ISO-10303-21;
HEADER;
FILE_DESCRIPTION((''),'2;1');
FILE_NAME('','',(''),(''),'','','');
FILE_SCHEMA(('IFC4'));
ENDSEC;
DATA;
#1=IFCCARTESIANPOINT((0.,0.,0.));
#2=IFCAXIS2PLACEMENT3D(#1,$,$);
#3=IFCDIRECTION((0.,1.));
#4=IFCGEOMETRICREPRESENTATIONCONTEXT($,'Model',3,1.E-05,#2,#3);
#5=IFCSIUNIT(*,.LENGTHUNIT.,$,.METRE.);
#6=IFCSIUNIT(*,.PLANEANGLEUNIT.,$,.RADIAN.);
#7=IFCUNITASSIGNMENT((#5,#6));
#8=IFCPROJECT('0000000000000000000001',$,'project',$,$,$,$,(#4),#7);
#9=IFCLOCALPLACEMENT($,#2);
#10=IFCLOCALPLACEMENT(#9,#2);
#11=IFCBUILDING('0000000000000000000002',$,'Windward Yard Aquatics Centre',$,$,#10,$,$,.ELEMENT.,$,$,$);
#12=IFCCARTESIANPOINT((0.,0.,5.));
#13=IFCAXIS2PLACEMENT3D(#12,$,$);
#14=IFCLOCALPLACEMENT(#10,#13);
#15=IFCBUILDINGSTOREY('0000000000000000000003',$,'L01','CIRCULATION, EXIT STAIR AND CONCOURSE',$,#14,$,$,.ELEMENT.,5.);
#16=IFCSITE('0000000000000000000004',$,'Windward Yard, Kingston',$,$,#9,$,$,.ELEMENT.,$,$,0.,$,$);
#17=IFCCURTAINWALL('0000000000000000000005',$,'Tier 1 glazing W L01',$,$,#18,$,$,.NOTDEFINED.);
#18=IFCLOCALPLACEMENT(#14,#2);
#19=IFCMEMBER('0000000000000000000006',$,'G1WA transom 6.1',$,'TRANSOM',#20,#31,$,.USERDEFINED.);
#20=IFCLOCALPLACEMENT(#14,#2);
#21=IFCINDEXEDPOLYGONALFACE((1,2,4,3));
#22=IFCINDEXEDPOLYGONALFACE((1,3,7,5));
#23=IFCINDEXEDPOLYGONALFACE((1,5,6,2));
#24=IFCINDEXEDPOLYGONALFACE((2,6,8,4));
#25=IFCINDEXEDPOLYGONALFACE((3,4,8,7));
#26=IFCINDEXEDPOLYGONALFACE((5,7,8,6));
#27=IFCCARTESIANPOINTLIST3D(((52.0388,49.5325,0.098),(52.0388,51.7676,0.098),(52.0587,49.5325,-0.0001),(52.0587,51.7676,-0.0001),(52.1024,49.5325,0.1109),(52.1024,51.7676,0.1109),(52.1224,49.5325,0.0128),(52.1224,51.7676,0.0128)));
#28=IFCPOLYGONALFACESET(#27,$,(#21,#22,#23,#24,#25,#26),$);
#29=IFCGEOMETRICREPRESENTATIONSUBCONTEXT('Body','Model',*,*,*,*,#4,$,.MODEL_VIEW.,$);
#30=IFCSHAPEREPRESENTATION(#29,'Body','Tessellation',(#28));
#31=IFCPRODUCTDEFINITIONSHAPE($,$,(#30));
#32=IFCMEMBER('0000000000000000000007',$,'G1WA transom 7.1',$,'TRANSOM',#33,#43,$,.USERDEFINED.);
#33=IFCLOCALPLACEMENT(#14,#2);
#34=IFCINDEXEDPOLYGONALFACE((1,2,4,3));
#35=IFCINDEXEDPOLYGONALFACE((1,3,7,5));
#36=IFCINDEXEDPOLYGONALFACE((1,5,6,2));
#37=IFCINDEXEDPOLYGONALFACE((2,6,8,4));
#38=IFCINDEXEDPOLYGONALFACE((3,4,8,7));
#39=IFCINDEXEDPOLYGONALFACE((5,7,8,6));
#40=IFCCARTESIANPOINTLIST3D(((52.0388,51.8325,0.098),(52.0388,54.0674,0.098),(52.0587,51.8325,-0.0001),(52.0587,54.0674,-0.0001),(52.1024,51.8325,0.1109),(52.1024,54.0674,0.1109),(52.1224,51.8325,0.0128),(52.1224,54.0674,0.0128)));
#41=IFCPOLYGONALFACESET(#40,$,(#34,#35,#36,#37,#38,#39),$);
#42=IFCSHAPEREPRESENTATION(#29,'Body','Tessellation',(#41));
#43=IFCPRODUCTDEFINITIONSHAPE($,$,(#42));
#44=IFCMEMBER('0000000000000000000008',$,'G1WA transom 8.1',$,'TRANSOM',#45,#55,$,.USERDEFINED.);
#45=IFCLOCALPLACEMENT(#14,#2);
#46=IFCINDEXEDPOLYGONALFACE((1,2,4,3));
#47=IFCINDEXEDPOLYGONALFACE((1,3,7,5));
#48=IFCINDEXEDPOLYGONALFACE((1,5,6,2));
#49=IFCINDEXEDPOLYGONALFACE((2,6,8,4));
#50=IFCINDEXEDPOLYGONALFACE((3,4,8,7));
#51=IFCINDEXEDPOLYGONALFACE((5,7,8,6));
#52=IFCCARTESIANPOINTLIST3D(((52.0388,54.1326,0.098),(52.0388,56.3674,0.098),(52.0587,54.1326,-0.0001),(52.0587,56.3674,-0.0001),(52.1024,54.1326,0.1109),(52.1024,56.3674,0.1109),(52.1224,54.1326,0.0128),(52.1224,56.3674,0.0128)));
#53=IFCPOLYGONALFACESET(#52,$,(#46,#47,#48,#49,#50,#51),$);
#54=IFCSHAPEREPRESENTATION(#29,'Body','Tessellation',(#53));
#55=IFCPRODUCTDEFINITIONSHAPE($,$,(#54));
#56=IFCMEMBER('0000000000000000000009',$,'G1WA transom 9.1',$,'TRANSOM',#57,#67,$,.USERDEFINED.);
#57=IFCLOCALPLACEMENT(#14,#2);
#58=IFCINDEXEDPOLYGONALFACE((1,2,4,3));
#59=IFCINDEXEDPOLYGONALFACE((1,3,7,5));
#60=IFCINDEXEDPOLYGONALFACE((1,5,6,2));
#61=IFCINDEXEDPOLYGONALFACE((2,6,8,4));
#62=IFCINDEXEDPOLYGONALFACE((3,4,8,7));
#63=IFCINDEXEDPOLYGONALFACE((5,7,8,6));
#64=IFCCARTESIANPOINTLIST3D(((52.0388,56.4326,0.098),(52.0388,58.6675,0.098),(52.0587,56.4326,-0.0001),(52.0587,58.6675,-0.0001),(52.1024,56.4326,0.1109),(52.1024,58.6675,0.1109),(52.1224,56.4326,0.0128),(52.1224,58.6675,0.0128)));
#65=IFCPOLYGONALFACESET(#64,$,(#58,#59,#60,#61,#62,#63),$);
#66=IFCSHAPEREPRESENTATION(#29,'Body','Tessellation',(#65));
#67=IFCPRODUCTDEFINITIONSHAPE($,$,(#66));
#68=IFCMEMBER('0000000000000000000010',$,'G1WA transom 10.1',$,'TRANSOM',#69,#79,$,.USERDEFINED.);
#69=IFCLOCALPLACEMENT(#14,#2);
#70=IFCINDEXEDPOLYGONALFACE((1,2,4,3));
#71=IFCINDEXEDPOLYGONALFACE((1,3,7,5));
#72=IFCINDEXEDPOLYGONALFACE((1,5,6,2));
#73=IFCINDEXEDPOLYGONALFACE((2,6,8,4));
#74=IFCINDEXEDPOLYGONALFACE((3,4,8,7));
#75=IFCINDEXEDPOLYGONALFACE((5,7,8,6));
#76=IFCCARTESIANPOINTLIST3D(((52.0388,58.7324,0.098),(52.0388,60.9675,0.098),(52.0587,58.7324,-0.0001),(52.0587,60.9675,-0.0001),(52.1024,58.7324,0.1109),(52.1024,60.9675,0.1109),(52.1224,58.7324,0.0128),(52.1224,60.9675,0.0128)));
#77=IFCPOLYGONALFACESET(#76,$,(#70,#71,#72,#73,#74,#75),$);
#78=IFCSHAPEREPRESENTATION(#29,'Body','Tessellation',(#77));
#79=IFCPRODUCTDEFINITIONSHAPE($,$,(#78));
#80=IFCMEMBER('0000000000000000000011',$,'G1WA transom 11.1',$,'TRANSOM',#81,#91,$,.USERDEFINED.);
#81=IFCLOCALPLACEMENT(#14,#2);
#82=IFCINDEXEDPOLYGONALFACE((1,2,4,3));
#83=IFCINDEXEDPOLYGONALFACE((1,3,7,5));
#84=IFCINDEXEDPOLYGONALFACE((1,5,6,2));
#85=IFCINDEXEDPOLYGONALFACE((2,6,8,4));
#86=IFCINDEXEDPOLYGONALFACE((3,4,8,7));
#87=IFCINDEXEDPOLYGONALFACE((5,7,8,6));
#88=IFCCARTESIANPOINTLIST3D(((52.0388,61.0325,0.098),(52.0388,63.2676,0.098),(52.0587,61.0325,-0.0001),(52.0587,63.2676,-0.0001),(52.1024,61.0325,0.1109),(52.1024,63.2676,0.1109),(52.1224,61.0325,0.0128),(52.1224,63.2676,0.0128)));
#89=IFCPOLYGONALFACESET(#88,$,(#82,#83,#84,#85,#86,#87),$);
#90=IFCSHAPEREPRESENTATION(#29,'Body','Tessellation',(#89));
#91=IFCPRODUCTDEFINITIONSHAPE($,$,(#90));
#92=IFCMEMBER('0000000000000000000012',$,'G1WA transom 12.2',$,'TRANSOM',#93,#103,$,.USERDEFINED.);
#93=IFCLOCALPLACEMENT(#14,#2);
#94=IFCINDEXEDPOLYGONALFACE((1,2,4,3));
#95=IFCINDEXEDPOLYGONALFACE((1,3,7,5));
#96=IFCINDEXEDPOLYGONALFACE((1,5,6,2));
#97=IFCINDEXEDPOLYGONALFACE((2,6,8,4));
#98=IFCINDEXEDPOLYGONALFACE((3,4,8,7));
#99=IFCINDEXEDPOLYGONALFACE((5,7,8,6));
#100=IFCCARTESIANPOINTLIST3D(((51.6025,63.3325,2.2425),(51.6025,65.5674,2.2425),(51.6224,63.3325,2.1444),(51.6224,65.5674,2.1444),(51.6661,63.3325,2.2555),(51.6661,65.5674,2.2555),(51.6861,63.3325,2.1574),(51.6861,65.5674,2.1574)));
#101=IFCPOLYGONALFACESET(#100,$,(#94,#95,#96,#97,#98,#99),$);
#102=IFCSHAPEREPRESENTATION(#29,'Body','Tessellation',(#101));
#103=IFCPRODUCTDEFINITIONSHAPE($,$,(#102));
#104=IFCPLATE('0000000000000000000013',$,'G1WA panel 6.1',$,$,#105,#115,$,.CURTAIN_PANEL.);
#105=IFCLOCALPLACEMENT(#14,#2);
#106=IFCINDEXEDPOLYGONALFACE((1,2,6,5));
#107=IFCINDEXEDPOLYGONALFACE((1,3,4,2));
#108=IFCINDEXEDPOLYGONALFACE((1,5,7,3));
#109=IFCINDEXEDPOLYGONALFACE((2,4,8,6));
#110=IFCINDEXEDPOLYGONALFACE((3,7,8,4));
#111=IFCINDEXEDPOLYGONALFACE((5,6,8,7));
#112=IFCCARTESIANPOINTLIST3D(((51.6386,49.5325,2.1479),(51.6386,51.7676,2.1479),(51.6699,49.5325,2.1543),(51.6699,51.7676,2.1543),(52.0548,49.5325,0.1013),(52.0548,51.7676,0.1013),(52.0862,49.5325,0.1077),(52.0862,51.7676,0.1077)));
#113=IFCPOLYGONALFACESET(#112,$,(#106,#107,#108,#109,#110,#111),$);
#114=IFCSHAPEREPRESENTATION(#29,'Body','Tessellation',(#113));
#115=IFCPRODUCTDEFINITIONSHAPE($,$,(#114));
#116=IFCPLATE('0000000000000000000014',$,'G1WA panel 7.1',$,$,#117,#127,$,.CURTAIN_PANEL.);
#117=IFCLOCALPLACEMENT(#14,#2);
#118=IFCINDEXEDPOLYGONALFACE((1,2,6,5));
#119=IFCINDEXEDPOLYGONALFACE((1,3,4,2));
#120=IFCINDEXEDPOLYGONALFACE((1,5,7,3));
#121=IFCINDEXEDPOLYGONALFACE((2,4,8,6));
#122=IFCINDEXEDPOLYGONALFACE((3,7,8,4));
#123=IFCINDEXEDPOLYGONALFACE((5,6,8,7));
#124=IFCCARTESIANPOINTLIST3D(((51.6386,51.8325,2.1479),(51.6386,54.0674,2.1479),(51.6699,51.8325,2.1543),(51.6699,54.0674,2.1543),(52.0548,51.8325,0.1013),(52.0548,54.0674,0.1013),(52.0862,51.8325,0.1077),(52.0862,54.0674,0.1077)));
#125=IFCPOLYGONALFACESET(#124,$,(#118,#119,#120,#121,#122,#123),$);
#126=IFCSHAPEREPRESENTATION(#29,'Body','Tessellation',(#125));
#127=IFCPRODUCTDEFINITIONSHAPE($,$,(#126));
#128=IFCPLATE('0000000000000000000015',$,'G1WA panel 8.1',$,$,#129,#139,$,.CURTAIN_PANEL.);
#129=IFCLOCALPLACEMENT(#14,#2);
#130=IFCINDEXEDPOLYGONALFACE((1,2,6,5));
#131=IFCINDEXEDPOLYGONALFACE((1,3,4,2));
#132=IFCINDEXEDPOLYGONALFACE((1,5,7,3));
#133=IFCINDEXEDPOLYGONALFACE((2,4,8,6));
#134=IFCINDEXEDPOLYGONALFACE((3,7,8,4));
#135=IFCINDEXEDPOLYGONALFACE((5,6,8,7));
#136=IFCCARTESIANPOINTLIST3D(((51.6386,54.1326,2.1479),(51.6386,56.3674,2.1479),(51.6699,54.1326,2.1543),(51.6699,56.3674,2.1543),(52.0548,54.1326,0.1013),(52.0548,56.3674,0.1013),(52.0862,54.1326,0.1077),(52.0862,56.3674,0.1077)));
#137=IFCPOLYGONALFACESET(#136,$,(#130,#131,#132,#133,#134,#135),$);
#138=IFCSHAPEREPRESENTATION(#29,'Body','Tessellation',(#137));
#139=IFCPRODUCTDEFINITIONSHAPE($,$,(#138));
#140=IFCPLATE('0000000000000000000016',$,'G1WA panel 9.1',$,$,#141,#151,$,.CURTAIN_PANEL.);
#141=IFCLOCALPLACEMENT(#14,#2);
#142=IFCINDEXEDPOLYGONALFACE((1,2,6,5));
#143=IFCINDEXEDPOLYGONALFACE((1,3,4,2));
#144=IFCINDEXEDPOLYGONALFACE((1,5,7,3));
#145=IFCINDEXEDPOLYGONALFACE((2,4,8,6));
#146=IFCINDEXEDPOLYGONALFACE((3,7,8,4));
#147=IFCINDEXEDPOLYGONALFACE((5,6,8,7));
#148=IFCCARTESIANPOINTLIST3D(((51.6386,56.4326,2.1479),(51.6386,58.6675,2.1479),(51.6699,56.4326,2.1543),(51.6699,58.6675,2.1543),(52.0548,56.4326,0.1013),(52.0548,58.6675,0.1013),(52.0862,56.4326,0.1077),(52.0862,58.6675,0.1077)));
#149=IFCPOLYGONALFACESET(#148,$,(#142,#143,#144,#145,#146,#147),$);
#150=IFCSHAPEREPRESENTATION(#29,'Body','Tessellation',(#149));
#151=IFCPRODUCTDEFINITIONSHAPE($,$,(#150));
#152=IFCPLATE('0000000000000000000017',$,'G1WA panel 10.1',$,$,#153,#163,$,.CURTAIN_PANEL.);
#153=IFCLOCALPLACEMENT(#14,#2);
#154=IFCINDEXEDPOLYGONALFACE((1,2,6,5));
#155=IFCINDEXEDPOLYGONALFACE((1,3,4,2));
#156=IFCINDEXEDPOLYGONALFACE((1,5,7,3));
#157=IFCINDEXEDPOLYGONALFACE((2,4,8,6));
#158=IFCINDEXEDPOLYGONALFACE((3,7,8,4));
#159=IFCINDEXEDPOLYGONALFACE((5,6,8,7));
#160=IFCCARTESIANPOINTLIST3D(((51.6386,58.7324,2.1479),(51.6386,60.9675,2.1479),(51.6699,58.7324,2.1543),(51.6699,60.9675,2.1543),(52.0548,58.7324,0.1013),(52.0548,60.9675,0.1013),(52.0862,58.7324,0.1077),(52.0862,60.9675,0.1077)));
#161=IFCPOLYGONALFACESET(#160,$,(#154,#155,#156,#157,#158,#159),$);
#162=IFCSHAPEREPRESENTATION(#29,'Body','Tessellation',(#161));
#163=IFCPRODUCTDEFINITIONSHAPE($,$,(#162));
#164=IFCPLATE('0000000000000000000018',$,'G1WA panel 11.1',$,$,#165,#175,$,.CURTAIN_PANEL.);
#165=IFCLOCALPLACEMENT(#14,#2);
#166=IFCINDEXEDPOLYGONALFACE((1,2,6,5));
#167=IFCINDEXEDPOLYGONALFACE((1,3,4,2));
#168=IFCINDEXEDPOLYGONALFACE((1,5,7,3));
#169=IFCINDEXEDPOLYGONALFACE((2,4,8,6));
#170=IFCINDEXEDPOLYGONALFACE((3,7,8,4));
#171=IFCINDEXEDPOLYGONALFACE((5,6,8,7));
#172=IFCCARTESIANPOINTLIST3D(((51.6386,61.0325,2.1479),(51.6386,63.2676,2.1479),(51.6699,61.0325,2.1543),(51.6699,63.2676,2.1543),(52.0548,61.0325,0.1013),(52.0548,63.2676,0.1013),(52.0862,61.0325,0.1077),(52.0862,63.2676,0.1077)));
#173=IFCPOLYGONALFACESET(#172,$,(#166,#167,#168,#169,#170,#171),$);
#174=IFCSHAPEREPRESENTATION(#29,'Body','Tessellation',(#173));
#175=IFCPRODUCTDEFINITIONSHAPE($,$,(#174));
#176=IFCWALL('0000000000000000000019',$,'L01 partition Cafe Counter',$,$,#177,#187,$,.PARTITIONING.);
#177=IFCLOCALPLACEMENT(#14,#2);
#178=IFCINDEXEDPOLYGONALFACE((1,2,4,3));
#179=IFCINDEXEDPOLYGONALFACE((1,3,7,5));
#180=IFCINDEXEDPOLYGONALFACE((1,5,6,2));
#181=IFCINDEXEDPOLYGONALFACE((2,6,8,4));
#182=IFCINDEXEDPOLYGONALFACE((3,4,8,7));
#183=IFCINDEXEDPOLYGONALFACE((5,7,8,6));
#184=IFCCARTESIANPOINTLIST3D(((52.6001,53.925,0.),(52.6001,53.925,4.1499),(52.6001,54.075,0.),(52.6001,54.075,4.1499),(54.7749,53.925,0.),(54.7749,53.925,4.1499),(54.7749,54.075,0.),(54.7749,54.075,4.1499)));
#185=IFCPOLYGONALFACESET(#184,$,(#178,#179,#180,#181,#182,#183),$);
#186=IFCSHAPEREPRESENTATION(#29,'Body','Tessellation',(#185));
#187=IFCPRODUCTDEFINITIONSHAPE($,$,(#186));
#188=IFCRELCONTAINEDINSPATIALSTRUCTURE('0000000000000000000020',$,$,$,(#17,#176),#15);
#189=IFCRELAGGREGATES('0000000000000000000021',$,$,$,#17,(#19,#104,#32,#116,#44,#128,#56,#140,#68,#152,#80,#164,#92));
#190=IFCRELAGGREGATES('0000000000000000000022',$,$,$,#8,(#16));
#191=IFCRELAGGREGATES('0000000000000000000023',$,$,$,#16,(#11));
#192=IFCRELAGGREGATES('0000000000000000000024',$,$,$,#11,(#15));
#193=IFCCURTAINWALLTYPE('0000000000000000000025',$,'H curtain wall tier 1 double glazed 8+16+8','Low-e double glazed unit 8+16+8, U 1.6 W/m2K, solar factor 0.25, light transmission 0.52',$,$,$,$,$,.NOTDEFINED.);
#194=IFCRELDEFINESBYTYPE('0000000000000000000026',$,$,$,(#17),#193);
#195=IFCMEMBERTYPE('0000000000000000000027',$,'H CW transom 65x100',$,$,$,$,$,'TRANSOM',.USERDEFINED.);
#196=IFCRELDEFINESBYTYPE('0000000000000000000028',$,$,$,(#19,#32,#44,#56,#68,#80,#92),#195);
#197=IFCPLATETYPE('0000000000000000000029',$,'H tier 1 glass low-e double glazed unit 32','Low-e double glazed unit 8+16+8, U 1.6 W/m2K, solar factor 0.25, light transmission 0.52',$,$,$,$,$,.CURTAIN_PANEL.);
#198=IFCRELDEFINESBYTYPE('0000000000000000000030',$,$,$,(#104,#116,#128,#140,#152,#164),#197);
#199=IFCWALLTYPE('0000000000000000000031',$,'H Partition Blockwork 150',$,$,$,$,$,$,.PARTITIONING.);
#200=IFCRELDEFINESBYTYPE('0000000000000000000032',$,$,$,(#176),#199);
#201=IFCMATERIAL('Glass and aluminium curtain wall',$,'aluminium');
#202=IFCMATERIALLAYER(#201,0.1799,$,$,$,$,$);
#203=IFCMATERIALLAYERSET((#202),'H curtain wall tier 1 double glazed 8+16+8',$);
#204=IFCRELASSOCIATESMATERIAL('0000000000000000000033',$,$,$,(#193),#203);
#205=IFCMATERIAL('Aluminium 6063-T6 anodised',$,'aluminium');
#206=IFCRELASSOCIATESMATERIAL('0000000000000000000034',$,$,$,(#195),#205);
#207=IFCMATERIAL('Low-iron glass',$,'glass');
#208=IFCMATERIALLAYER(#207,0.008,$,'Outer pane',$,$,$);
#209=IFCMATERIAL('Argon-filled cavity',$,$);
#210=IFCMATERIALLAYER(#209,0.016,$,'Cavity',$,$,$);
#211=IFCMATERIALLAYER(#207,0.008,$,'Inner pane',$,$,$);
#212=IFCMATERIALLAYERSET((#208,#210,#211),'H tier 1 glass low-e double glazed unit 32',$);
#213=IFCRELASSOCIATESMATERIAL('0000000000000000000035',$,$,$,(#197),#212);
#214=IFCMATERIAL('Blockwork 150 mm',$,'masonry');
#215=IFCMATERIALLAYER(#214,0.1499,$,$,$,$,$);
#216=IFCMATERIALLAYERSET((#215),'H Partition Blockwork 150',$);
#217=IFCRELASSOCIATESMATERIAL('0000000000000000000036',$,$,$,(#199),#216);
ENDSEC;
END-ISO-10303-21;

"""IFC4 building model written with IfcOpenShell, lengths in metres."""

from ifc_helpers import new_model, si_unit, direction, frame, frame_2d, origin, origin_2d, place, context, subcontext, project, spatial, polyline, rectangle, outline, extrude, material, layer, layer_set, material_profile, profile_set, type_object, element, aggregate, save


model = new_model("IFC4")

# Units and contexts
model_context = context("Model", 3, precision=1e-05, world=origin(), true_north=direction((0.0, 1.0)))
body_context = subcontext(model_context, "Body", "Model", "MODEL_VIEW")
ifc_project = project(units=[si_unit("LENGTHUNIT", "METRE"), si_unit("PLANEANGLEUNIT", "RADIAN")], contexts=[model_context])

# Site, building, storey
site_placement = place(None, origin())
site = spatial("IfcSite", under=ifc_project, at=site_placement, Name="Windward Yard, Kingston", CompositionType="ELEMENT", RefElevation=0.0)
building_placement = place(site_placement, origin())
building = spatial("IfcBuilding", under=site, at=building_placement, Name="Windward Yard Aquatics Centre", CompositionType="ELEMENT")
storey_placement = place(building_placement, frame((0.0, 0.0, 5.0)))
storey = spatial("IfcBuildingStorey", under=building, at=storey_placement, Name="L01", Description="CIRCULATION, EXIT STAIR AND CONCOURSE", CompositionType="ELEMENT", Elevation=5.0)

# Curtain wall, members, plates
ifc_material_1 = material(Name="Glass and aluminium curtain wall", Category="aluminium")
ifc_layer_1 = layer(ifc_material_1, 0.1799)
ifc_layer_set_1 = layer_set([ifc_layer_1], Name="H curtain wall tier 1 double glazed 8+16+8")
curtain_wall_type = type_object("IfcCurtainWallType", Name="H curtain wall tier 1 double glazed 8+16+8", Description="Low-e double glazed unit 8+16+8, U 1.6 W/m2K, solar factor 0.25, light transmission 0.52", PredefinedType="NOTDEFINED", material=ifc_layer_set_1)
curtain_wall_placement = place(storey_placement, origin())
curtain_wall = element("IfcCurtainWall", 1, at=curtain_wall_placement, inside=storey, type_object=curtain_wall_type, Name="Tier 1 glazing W L01", PredefinedType="NOTDEFINED")
ifc_material_2 = material(Name="Aluminium 6063-T6 anodised", Category="aluminium")
ifc_material_profile_1 = material_profile(ifc_material_2, rectangle(XDim=0.0649, YDim=0.1001, at=origin_2d()), Name="H CW transom 65x100")
ifc_profile_set_1 = profile_set([ifc_material_profile_1], Name="Aluminium 6063-T6 anodised")
member_type_1 = type_object("IfcMemberType", Name="H CW transom 65x100", ElementType="TRANSOM", PredefinedType="USERDEFINED", material=ifc_profile_set_1)
member_1_placement = place(storey_placement, frame((52.0806, 49.5325, 0.0554), z_axis=(0.0, 1.0, 0.0), x_axis=(0.979925, 0.0, 0.199368)))
member_1 = element("IfcMember", 2, at=member_1_placement, type_object=member_type_1, Name="G1WA transom 6.1", ObjectType="TRANSOM", PredefinedType="USERDEFINED", context=body_context, shape_type="SweptSolid", body=[
    extrude(rectangle(XDim=0.0649, YDim=0.1001, at=origin_2d()), origin(), (0.0, 0.0, 1.0), 2.2351),
])
member_2_placement = place(storey_placement, frame((52.0806, 51.8325, 0.0554), z_axis=(0.0, 1.0, 0.0), x_axis=(0.979925, 0.0, 0.199368)))
member_2 = element("IfcMember", 3, at=member_2_placement, type_object=member_type_1, Name="G1WA transom 7.1", ObjectType="TRANSOM", PredefinedType="USERDEFINED", context=body_context, shape_type="SweptSolid", body=[
    extrude(rectangle(XDim=0.0649, YDim=0.1001, at=origin_2d()), origin(), (0.0, 0.0, 1.0), 2.2349),
])
member_3_placement = place(storey_placement, frame((52.0806, 54.1326, 0.0554), z_axis=(0.0, 1.0, 0.0), x_axis=(0.979925, 0.0, 0.199368)))
member_3 = element("IfcMember", 4, at=member_3_placement, type_object=member_type_1, Name="G1WA transom 8.1", ObjectType="TRANSOM", PredefinedType="USERDEFINED", context=body_context, shape_type="SweptSolid", body=[
    extrude(rectangle(XDim=0.0649, YDim=0.1001, at=origin_2d()), origin(), (0.0, 0.0, 1.0), 2.2349),
])
member_4_placement = place(storey_placement, frame((52.0806, 56.4326, 0.0554), z_axis=(0.0, 1.0, 0.0), x_axis=(0.979925, 0.0, 0.199368)))
member_4 = element("IfcMember", 5, at=member_4_placement, type_object=member_type_1, Name="G1WA transom 9.1", ObjectType="TRANSOM", PredefinedType="USERDEFINED", context=body_context, shape_type="SweptSolid", body=[
    extrude(rectangle(XDim=0.0649, YDim=0.1001, at=origin_2d()), origin(), (0.0, 0.0, 1.0), 2.2349),
])
member_5_placement = place(storey_placement, frame((52.0806, 58.7324, 0.0554), z_axis=(0.0, 1.0, 0.0), x_axis=(0.979925, 0.0, 0.199368)))
member_5 = element("IfcMember", 6, at=member_5_placement, type_object=member_type_1, Name="G1WA transom 10.1", ObjectType="TRANSOM", PredefinedType="USERDEFINED", context=body_context, shape_type="SweptSolid", body=[
    extrude(rectangle(XDim=0.0649, YDim=0.1001, at=origin_2d()), origin(), (0.0, 0.0, 1.0), 2.2351),
])
member_6_placement = place(storey_placement, frame((52.0806, 61.0325, 0.0554), z_axis=(0.0, 1.0, 0.0), x_axis=(0.979925, 0.0, 0.199368)))
member_6 = element("IfcMember", 7, at=member_6_placement, type_object=member_type_1, Name="G1WA transom 11.1", ObjectType="TRANSOM", PredefinedType="USERDEFINED", context=body_context, shape_type="SweptSolid", body=[
    extrude(rectangle(XDim=0.0649, YDim=0.1001, at=origin_2d()), origin(), (0.0, 0.0, 1.0), 2.2351),
])
member_7_placement = place(storey_placement, frame((51.6443, 63.3325, 2.2), z_axis=(0.0, 1.0, 0.0), x_axis=(0.979925, 0.0, 0.199368)))
member_7 = element("IfcMember", 8, at=member_7_placement, type_object=member_type_1, Name="G1WA transom 12.2", ObjectType="TRANSOM", PredefinedType="USERDEFINED", context=body_context, shape_type="SweptSolid", body=[
    extrude(rectangle(XDim=0.0649, YDim=0.1001, at=origin_2d()), origin(), (0.0, 0.0, 1.0), 2.2349),
])
ifc_material_3 = material(Name="Low-iron glass", Category="glass")
ifc_layer_2 = layer(ifc_material_3, 0.008, Name="Outer pane")
ifc_material_4 = material(Name="Argon-filled cavity")
ifc_layer_3 = layer(ifc_material_4, 0.016, Name="Cavity")
ifc_layer_4 = layer(ifc_material_3, 0.008, Name="Inner pane")
ifc_layer_set_2 = layer_set([ifc_layer_2, ifc_layer_3, ifc_layer_4], Name="H tier 1 glass low-e double glazed unit 32")
plate_type = type_object("IfcPlateType", Name="H tier 1 glass low-e double glazed unit 32", Description="Low-e double glazed unit 8+16+8, U 1.6 W/m2K, solar factor 0.25, light transmission 0.52", PredefinedType="CURTAIN_PANEL", material=ifc_layer_set_2)
plate_1_placement = place(storey_placement, frame((51.6699, 49.5325, 2.1543), z_axis=(0.979937, 0.0, 0.199307), x_axis=(0.199307, 0.0, -0.979937)))
plate_1 = element("IfcPlate", 9, at=plate_1_placement, type_object=plate_type, Name="G1WA panel 6.1", PredefinedType="CURTAIN_PANEL", context=body_context, shape_type="SweptSolid", body=[
    extrude(outline(polyline([(0.0, 0.0), (2.0885, 0.0), (2.0885, 2.2351), (0.0, 2.2351), (0.0, 0.0)])), origin(), (0.0, 0.0, -1.0), 0.032),
])
plate_2_placement = place(storey_placement, frame((51.6699, 51.8325, 2.1543), z_axis=(0.979937, 0.0, 0.199307), x_axis=(0.199307, 0.0, -0.979937)))
plate_2 = element("IfcPlate", 10, at=plate_2_placement, type_object=plate_type, Name="G1WA panel 7.1", PredefinedType="CURTAIN_PANEL", context=body_context, shape_type="SweptSolid", body=[
    extrude(outline(polyline([(0.0, 0.0), (2.0885, 0.0), (2.0885, 2.2349), (0.0, 2.2349), (0.0, 0.0)])), origin(), (0.0, 0.0, -1.0), 0.032),
])
plate_3_placement = place(storey_placement, frame((51.6699, 54.1326, 2.1543), z_axis=(0.979937, 0.0, 0.199307), x_axis=(0.199307, 0.0, -0.979937)))
plate_3 = element("IfcPlate", 11, at=plate_3_placement, type_object=plate_type, Name="G1WA panel 8.1", PredefinedType="CURTAIN_PANEL", context=body_context, shape_type="SweptSolid", body=[
    extrude(outline(polyline([(0.0, 0.0), (2.0885, 0.0), (2.0885, 2.2349), (0.0, 2.2349), (0.0, 0.0)])), origin(), (0.0, 0.0, -1.0), 0.032),
])
plate_4_placement = place(storey_placement, frame((51.6699, 56.4326, 2.1543), z_axis=(0.979937, 0.0, 0.199307), x_axis=(0.199307, 0.0, -0.979937)))
plate_4 = element("IfcPlate", 12, at=plate_4_placement, type_object=plate_type, Name="G1WA panel 9.1", PredefinedType="CURTAIN_PANEL", context=body_context, shape_type="SweptSolid", body=[
    extrude(outline(polyline([(0.0, 0.0), (2.0885, 0.0), (2.0885, 2.2349), (0.0, 2.2349), (0.0, 0.0)])), origin(), (0.0, 0.0, -1.0), 0.032),
])
plate_5_placement = place(storey_placement, frame((51.6699, 58.7324, 2.1543), z_axis=(0.979937, 0.0, 0.199307), x_axis=(0.199307, 0.0, -0.979937)))
plate_5 = element("IfcPlate", 13, at=plate_5_placement, type_object=plate_type, Name="G1WA panel 10.1", PredefinedType="CURTAIN_PANEL", context=body_context, shape_type="SweptSolid", body=[
    extrude(outline(polyline([(0.0, 0.0), (2.0885, 0.0), (2.0885, 2.2351), (0.0, 2.2351), (0.0, 0.0)])), origin(), (0.0, 0.0, -1.0), 0.032),
])
plate_6_placement = place(storey_placement, frame((51.6699, 61.0325, 2.1543), z_axis=(0.979937, 0.0, 0.199307), x_axis=(0.199307, 0.0, -0.979937)))
plate_6 = element("IfcPlate", 14, at=plate_6_placement, type_object=plate_type, Name="G1WA panel 11.1", PredefinedType="CURTAIN_PANEL", context=body_context, shape_type="SweptSolid", body=[
    extrude(outline(polyline([(0.0, 0.0), (2.0885, 0.0), (2.0885, 2.2351), (0.0, 2.2351), (0.0, 0.0)])), origin(), (0.0, 0.0, -1.0), 0.032),
])
aggregate(curtain_wall, [member_1, plate_1, member_2, plate_2, member_3, plate_3, member_4, plate_4, member_5, plate_5, member_6, plate_6, member_7])

# Wall
ifc_material_5 = material(Name="Blockwork 150 mm", Category="masonry")
ifc_layer_5 = layer(ifc_material_5, 0.1499)
ifc_layer_set_3 = layer_set([ifc_layer_5], Name="H Partition Blockwork 150")
wall_type = type_object("IfcWallType", Name="H Partition Blockwork 150", PredefinedType="PARTITIONING", material=ifc_layer_set_3)
wall_placement = place(storey_placement, frame((52.6001, 54.0, 0.0), z_axis=(0.0, 0.0, 1.0), x_axis=(1.0, 0.0, 0.0)))
element("IfcWall", 15, at=wall_placement, inside=storey, type_object=wall_type, Name="L01 partition Cafe Counter", PredefinedType="PARTITIONING", context=body_context, shape_type="SweptSolid", body=[
    extrude(rectangle(XDim=2.1748, YDim=0.1499, at=frame_2d((1.0874, 0.0))), origin(), (0.0, 0.0, 1.0), 4.1499),
])

save(model, "model.ifc")
